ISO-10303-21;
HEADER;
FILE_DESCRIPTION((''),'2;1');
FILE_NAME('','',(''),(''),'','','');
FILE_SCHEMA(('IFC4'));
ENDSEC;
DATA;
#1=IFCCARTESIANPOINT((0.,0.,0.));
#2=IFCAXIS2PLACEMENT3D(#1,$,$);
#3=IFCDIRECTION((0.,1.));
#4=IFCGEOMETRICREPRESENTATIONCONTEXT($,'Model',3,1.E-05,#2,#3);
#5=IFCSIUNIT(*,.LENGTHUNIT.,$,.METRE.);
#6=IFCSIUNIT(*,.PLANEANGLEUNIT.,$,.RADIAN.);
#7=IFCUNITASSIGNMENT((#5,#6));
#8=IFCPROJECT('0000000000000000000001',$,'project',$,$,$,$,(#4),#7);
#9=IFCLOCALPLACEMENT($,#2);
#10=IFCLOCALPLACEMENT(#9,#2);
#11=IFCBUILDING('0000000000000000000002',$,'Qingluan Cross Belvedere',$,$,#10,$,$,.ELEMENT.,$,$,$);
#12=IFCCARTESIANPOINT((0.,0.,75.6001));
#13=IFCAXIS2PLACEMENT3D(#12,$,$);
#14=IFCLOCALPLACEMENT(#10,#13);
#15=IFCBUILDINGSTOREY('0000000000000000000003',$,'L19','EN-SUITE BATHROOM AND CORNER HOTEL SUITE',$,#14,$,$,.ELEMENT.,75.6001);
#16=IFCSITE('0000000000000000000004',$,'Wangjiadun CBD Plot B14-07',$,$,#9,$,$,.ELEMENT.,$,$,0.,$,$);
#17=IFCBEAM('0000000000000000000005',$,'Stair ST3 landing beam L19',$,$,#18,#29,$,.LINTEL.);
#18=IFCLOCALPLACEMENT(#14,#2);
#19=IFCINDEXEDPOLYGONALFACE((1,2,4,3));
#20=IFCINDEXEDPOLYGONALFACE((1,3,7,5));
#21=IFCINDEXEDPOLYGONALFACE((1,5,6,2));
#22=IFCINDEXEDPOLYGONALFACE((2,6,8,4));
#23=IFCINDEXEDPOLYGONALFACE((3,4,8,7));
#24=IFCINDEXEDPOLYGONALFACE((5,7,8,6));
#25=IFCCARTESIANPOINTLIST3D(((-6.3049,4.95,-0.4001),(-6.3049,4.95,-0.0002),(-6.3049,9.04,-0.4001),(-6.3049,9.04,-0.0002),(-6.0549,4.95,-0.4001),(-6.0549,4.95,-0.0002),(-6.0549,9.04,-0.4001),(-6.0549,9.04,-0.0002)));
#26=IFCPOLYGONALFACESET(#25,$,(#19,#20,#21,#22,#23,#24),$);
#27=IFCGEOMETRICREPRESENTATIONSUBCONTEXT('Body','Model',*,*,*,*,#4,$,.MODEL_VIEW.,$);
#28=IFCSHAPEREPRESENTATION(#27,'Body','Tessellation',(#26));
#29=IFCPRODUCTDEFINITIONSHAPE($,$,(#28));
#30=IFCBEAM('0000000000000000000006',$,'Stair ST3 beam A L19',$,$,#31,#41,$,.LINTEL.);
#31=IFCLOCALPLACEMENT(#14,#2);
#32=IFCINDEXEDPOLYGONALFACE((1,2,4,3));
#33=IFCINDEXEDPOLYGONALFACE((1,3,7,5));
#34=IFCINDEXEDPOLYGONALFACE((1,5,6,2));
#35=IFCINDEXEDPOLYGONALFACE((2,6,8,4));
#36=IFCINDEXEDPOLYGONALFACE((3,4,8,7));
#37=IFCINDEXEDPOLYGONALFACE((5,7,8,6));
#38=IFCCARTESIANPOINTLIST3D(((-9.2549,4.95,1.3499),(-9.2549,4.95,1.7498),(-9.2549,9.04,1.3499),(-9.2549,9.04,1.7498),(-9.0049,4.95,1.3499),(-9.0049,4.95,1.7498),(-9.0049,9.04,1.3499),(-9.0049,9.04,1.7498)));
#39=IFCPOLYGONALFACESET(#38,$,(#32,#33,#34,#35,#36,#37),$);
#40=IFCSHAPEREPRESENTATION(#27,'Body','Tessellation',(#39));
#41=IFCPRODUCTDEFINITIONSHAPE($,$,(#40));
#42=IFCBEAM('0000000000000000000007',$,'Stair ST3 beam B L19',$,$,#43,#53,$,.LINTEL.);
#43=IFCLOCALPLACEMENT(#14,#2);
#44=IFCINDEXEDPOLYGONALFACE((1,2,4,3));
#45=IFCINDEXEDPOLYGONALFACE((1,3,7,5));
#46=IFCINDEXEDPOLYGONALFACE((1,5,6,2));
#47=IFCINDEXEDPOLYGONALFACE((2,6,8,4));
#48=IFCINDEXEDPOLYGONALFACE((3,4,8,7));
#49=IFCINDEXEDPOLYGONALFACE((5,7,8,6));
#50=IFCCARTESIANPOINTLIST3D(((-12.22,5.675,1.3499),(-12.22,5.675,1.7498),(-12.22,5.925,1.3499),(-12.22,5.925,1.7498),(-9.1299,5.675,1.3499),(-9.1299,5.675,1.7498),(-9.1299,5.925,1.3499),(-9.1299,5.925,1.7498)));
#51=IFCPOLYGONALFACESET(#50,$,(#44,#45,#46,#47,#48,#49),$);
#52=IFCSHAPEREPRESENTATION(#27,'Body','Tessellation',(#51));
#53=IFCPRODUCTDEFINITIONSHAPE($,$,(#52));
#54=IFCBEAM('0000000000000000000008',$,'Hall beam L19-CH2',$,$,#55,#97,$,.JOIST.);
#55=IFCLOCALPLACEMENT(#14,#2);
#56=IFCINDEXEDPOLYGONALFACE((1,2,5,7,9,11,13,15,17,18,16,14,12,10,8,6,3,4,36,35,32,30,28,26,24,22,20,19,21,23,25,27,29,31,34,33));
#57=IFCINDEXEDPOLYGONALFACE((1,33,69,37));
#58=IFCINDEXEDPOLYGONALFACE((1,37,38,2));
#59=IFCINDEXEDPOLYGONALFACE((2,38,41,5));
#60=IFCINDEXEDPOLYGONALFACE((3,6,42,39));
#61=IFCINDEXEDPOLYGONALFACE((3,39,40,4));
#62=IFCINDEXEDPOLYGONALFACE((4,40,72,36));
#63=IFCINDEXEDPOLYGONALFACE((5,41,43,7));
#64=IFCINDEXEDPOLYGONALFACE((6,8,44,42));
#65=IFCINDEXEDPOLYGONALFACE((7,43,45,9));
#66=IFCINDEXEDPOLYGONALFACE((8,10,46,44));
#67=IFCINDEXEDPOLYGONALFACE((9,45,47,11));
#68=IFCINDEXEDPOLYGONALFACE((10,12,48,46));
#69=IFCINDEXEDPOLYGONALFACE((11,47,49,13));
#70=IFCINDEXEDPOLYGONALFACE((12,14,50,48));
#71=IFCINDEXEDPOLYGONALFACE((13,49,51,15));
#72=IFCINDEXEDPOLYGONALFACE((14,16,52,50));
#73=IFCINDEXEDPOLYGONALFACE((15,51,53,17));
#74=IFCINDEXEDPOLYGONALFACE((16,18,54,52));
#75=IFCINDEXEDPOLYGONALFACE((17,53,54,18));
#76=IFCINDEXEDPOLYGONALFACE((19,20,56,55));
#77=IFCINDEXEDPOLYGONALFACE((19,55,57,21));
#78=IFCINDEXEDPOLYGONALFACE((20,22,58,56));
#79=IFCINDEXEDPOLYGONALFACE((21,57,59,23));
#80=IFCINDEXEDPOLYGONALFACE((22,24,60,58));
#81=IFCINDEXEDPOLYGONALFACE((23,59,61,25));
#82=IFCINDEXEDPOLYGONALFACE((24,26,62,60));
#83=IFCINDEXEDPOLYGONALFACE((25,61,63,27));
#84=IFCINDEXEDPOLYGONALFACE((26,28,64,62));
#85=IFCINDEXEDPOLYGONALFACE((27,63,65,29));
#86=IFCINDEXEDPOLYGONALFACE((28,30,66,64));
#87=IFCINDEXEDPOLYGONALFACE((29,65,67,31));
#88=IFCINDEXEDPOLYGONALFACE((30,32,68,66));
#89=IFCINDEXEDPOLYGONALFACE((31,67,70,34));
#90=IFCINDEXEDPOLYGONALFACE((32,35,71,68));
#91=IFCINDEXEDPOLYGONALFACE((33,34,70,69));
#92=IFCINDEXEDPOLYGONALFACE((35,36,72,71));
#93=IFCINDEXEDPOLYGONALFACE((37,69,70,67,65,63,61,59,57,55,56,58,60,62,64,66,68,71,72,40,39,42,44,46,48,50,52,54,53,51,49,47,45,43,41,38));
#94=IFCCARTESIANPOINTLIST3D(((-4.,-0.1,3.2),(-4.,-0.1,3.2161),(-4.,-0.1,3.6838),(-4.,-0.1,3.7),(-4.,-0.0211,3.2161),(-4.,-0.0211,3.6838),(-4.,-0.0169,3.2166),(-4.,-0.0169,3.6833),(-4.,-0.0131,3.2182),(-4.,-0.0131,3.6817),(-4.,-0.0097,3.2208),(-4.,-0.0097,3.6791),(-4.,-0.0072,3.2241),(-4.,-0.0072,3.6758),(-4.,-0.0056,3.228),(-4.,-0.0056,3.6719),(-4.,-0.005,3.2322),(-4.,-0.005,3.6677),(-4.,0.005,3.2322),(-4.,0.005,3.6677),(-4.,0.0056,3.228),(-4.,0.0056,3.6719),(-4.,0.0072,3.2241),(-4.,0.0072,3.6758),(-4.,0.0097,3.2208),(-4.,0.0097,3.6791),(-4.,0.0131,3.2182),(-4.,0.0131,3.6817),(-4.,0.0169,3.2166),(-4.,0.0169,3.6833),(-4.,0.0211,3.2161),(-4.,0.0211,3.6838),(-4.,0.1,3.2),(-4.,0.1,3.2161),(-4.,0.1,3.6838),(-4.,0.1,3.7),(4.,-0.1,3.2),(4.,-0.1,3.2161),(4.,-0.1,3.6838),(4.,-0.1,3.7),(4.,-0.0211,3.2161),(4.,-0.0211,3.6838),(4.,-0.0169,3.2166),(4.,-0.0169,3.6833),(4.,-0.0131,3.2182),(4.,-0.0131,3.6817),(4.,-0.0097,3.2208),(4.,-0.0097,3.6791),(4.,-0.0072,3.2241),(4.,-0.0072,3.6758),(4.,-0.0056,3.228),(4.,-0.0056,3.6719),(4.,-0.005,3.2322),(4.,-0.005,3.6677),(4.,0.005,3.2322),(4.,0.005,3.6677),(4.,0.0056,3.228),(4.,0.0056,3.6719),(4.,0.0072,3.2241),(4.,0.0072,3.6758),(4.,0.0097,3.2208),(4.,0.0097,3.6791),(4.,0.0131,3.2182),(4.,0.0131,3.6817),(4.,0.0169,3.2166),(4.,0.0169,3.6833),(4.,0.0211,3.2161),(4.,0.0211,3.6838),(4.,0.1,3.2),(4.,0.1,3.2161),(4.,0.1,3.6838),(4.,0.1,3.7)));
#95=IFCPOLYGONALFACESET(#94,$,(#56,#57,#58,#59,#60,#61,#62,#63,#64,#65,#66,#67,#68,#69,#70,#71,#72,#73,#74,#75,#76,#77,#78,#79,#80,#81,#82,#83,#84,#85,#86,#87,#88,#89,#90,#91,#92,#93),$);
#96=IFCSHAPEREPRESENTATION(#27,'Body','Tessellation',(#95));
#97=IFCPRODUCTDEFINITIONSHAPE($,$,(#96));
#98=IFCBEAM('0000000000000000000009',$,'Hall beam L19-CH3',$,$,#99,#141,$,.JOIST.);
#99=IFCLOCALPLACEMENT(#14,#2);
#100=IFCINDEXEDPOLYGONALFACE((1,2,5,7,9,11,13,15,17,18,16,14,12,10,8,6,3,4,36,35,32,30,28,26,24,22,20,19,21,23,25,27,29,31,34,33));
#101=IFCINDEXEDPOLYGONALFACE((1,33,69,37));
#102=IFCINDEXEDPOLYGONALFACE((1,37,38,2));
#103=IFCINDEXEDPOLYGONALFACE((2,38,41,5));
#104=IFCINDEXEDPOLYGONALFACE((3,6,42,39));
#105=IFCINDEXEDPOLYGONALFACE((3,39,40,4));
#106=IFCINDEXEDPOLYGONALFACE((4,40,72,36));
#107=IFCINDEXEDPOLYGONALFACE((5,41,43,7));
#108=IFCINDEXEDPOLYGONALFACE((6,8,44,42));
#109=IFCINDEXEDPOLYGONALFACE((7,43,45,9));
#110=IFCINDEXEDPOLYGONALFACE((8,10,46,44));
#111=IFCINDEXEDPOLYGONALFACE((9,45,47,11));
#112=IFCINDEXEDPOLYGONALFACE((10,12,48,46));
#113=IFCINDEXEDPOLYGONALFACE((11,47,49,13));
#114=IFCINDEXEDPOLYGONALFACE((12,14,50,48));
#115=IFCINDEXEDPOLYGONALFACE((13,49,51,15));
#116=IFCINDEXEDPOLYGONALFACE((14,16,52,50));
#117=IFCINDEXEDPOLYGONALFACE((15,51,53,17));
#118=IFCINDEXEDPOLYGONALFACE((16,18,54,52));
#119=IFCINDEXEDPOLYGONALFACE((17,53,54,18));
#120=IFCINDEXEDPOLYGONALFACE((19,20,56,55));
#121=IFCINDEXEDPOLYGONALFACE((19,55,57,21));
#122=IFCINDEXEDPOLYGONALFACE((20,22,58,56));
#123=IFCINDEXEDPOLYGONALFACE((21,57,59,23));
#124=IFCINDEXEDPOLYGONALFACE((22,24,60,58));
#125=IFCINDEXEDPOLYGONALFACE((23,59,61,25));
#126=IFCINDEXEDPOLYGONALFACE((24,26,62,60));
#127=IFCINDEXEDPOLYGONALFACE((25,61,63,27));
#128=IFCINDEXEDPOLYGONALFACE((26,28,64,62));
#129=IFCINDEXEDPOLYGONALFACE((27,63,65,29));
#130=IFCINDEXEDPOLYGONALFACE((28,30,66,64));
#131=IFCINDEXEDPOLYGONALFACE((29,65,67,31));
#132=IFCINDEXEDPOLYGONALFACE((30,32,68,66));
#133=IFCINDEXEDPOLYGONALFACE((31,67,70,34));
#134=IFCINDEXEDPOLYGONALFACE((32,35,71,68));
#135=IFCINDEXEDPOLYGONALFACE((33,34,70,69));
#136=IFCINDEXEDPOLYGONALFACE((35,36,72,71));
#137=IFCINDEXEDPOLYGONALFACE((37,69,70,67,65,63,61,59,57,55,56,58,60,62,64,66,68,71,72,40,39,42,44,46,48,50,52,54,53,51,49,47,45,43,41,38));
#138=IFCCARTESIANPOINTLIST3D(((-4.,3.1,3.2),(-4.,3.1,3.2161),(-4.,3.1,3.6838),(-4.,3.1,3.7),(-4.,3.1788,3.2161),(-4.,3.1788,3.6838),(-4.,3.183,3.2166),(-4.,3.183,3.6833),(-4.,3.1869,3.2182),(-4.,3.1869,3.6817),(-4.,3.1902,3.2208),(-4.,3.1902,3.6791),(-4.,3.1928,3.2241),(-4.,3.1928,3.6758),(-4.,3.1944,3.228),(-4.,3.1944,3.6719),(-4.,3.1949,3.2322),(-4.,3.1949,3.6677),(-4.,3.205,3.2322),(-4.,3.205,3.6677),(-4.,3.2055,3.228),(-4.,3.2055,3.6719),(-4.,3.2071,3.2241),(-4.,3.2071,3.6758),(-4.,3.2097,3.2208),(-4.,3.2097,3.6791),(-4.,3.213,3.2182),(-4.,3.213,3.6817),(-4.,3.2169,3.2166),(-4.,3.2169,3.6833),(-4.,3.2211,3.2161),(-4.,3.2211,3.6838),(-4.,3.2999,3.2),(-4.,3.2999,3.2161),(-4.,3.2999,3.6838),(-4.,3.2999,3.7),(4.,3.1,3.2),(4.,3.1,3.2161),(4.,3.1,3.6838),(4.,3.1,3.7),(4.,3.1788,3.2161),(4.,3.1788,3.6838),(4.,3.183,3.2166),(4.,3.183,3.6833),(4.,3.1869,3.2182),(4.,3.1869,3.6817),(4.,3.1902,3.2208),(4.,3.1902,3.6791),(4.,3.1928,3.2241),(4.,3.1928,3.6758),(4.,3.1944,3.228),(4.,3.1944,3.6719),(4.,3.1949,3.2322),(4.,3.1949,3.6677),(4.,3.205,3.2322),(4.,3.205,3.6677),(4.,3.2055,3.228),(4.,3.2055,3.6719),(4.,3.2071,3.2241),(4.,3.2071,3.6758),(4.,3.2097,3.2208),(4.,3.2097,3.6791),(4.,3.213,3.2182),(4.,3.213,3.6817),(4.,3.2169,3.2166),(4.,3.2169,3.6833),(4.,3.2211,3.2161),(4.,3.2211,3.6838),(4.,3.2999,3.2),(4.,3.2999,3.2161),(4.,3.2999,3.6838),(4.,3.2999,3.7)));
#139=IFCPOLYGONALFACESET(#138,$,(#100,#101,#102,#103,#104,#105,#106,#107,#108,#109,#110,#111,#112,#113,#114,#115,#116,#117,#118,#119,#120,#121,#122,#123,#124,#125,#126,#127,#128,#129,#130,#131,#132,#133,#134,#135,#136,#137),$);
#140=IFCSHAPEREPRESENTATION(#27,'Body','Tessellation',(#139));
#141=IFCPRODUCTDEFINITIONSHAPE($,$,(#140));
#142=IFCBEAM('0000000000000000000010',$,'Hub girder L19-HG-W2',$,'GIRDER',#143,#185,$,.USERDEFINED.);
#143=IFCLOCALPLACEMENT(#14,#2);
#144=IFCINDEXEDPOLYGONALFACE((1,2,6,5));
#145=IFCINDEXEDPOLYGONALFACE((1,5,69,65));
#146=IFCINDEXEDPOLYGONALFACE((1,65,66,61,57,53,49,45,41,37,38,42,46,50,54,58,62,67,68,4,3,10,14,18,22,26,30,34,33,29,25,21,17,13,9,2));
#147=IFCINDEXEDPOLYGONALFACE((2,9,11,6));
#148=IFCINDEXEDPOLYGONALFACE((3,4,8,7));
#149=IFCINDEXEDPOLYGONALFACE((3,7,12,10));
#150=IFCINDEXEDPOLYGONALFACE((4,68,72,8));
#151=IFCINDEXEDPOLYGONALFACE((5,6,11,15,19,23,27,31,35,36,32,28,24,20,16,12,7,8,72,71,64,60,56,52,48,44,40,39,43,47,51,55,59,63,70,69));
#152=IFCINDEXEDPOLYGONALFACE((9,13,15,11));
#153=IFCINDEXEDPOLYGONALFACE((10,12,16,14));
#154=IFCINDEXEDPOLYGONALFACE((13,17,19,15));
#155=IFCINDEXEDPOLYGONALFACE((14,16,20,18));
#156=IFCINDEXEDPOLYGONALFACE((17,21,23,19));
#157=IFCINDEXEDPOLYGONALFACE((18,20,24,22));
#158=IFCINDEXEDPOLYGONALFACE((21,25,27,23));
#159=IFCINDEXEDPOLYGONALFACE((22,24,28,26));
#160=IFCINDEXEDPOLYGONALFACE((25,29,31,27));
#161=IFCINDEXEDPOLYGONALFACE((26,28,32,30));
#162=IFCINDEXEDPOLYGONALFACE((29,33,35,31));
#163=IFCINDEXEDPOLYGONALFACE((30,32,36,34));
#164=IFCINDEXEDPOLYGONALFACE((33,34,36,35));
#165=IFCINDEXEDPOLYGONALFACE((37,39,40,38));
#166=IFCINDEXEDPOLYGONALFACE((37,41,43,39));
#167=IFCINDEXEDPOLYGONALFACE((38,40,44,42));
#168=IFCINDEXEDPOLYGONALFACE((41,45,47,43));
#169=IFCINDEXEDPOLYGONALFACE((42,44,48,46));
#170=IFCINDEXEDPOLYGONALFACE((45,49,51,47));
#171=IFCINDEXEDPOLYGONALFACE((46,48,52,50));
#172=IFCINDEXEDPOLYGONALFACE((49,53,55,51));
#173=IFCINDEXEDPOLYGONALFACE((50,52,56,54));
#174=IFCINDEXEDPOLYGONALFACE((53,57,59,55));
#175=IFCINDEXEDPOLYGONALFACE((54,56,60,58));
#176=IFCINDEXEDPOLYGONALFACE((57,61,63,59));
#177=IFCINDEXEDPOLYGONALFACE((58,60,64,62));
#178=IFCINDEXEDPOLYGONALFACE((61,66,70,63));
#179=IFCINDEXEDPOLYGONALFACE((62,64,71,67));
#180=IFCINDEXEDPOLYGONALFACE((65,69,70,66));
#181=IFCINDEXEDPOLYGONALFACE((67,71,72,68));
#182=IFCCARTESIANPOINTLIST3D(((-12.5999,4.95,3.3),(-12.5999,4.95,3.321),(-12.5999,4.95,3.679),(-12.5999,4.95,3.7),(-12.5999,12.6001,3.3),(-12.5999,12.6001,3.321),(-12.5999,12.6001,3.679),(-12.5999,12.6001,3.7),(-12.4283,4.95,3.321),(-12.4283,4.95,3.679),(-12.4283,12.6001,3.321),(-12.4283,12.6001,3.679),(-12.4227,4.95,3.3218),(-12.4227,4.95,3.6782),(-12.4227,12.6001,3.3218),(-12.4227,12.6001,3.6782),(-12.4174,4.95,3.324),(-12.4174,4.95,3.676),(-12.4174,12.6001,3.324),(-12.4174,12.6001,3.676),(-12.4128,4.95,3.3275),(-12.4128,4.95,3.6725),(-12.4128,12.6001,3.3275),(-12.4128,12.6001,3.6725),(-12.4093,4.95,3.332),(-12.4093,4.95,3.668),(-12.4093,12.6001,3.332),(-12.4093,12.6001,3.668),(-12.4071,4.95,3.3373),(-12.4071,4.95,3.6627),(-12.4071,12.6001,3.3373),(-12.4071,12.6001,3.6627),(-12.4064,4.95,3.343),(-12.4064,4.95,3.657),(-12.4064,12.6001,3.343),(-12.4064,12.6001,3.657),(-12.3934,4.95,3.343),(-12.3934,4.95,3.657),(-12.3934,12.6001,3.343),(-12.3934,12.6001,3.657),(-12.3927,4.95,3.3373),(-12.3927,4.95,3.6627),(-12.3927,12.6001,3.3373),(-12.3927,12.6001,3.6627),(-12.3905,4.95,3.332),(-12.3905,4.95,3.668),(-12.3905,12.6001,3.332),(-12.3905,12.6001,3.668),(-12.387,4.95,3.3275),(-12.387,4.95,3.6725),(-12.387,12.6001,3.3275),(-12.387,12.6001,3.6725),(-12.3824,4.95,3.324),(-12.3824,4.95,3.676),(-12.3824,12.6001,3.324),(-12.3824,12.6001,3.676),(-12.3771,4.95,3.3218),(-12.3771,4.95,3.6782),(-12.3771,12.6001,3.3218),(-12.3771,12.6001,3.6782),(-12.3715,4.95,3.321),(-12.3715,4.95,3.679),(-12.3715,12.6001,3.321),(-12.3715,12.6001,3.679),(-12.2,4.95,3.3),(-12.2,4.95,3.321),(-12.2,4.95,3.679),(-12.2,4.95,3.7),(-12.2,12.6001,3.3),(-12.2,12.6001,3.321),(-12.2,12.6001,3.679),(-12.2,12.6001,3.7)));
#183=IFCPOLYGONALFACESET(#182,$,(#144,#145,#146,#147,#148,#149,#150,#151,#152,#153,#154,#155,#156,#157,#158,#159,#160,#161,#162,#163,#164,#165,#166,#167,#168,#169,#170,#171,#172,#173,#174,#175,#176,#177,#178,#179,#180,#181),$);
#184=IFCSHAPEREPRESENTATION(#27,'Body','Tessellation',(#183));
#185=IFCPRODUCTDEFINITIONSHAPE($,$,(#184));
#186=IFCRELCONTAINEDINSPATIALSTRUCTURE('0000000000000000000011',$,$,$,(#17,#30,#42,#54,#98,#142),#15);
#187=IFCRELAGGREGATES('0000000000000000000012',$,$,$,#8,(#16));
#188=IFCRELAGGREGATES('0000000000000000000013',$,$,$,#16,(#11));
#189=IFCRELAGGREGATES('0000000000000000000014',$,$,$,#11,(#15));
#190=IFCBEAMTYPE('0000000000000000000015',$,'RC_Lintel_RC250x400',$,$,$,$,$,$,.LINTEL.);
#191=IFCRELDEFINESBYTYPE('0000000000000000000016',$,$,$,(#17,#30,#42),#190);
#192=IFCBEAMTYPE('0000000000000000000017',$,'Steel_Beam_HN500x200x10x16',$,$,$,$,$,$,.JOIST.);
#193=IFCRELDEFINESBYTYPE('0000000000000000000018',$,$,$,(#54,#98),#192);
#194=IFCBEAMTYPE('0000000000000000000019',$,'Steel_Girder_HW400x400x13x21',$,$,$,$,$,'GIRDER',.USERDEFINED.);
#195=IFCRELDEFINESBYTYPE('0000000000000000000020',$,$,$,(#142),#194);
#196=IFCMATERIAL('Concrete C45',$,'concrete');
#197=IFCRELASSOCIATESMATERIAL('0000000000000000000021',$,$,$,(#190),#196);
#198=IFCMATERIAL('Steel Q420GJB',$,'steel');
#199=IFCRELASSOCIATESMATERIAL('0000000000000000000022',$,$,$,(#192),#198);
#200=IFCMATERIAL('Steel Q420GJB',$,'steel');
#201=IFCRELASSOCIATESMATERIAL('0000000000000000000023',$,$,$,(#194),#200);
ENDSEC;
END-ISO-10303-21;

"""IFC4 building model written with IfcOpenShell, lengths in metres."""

from ifc_helpers import new_model, si_unit, direction, frame, origin, origin_2d, place, context, subcontext, project, spatial, rectangle, i_section, extrude, material, material_profile, profile_set, type_object, element, save


model = new_model("IFC4")

# Units and contexts
model_context = context("Model", 3, precision=1e-05, world=origin(), true_north=direction((0.0, 1.0)))
body_context = subcontext(model_context, "Body", "Model", "MODEL_VIEW")
ifc_project = project(units=[si_unit("LENGTHUNIT", "METRE"), si_unit("PLANEANGLEUNIT", "RADIAN")], contexts=[model_context])

# Site, building, storey
site_placement = place(None, origin())
site = spatial("IfcSite", under=ifc_project, at=site_placement, Name="Wangjiadun CBD Plot B14-07", CompositionType="ELEMENT", RefElevation=0.0)
building_placement = place(site_placement, origin())
building = spatial("IfcBuilding", under=site, at=building_placement, Name="Qingluan Cross Belvedere", CompositionType="ELEMENT")
storey_placement = place(building_placement, frame((0.0, 0.0, 75.6001)))
storey = spatial("IfcBuildingStorey", under=building, at=storey_placement, Name="L19", Description="EN-SUITE BATHROOM AND CORNER HOTEL SUITE", CompositionType="ELEMENT", Elevation=75.6001)

# Beams
ifc_material_1 = material(Name="Concrete C45", Category="concrete")
ifc_material_profile_1 = material_profile(ifc_material_1, rectangle(XDim=0.25, YDim=0.3999, at=origin_2d()), Name="RC250x400")
ifc_profile_set_1 = profile_set([ifc_material_profile_1], Name="Concrete C45")
beam_type_1 = type_object("IfcBeamType", Name="RC_Lintel_RC250x400", PredefinedType="LINTEL", material=ifc_profile_set_1)
for number, where, z_axis, x_axis, name in (
    (1, (-6.1799, 4.95, -0.2002), (0.0, 1.0, 0.0), (-1.0, 0.0, 0.0), "Stair ST3 landing beam L19"),
    (2, (-9.1299, 4.95, 1.5498), (0.0, 1.0, 0.0), (-1.0, 0.0, 0.0), "Stair ST3 beam A L19"),
):
    element("IfcBeam", number, at=place(storey_placement, frame(where, z_axis=z_axis, x_axis=x_axis)), inside=storey, type_object=beam_type_1, Name=name, PredefinedType="LINTEL", context=body_context, shape_type="SweptSolid", body=[
        extrude(rectangle(XDim=0.25, YDim=0.3999, at=origin_2d()), origin(), (0.0, 0.0, 1.0), 4.0901),
    ])
beam_1_placement = place(storey_placement, frame((-12.22, 5.8, 1.5498), z_axis=(1.0, 0.0, 0.0), x_axis=(0.0, 1.0, 0.0)))
element("IfcBeam", 3, at=beam_1_placement, inside=storey, type_object=beam_type_1, Name="Stair ST3 beam B L19", PredefinedType="LINTEL", context=body_context, shape_type="SweptSolid", body=[
    extrude(rectangle(XDim=0.25, YDim=0.3999, at=origin_2d()), origin(), (0.0, 0.0, 1.0), 3.0901),
])
ifc_material_2 = material(Name="Steel Q420GJB", Category="steel")
ifc_material_profile_2 = material_profile(ifc_material_2, i_section(OverallWidth=0.2, OverallDepth=0.5, WebThickness=0.01, FlangeThickness=0.0161, FilletRadius=0.0161, at=origin_2d()), Name="HN500x200x10x16")
ifc_profile_set_2 = profile_set([ifc_material_profile_2], Name="Steel Q420GJB")
beam_type_2 = type_object("IfcBeamType", Name="Steel_Beam_HN500x200x10x16", PredefinedType="JOIST", material=ifc_profile_set_2)
for number, where, z_axis, x_axis, name in (
    (4, (-4.0, 0.0, 3.45), (1.0, 0.0, 0.0), (0.0, 1.0, 0.0), "Hall beam L19-CH2"),
    (5, (-4.0, 3.2, 3.45), (1.0, 0.0, 0.0), (0.0, 1.0, 0.0), "Hall beam L19-CH3"),
):
    element("IfcBeam", number, at=place(storey_placement, frame(where, z_axis=z_axis, x_axis=x_axis)), inside=storey, type_object=beam_type_2, Name=name, PredefinedType="JOIST", context=body_context, shape_type="SweptSolid", body=[
        extrude(i_section(OverallWidth=0.2, OverallDepth=0.5, WebThickness=0.01, FlangeThickness=0.0161, FilletRadius=0.0161, at=origin_2d()), origin(), (0.0, 0.0, 1.0), 8.0),
    ])
ifc_material_3 = material(Name="Steel Q420GJB", Category="steel")
ifc_material_profile_3 = material_profile(ifc_material_3, i_section(OverallWidth=0.3999, OverallDepth=0.3999, WebThickness=0.0129, FlangeThickness=0.021, FilletRadius=0.022, at=origin_2d()), Name="HW400x400x13x21")
ifc_profile_set_3 = profile_set([ifc_material_profile_3], Name="Steel Q420GJB")
beam_type_3 = type_object("IfcBeamType", Name="Steel_Girder_HW400x400x13x21", ElementType="GIRDER", PredefinedType="USERDEFINED", material=ifc_profile_set_3)
beam_2_placement = place(storey_placement, frame((-12.3999, 4.95, 3.5), z_axis=(0.0, 1.0, 0.0), x_axis=(-1.0, 0.0, 0.0)))
element("IfcBeam", 6, at=beam_2_placement, inside=storey, type_object=beam_type_3, Name="Hub girder L19-HG-W2", ObjectType="GIRDER", PredefinedType="USERDEFINED", context=body_context, shape_type="SweptSolid", body=[
    extrude(i_section(OverallWidth=0.3999, OverallDepth=0.3999, WebThickness=0.0129, FlangeThickness=0.021, FilletRadius=0.022, at=origin_2d()), origin(), (0.0, 0.0, 1.0), 7.6501),
])

save(model, "model.ifc")
